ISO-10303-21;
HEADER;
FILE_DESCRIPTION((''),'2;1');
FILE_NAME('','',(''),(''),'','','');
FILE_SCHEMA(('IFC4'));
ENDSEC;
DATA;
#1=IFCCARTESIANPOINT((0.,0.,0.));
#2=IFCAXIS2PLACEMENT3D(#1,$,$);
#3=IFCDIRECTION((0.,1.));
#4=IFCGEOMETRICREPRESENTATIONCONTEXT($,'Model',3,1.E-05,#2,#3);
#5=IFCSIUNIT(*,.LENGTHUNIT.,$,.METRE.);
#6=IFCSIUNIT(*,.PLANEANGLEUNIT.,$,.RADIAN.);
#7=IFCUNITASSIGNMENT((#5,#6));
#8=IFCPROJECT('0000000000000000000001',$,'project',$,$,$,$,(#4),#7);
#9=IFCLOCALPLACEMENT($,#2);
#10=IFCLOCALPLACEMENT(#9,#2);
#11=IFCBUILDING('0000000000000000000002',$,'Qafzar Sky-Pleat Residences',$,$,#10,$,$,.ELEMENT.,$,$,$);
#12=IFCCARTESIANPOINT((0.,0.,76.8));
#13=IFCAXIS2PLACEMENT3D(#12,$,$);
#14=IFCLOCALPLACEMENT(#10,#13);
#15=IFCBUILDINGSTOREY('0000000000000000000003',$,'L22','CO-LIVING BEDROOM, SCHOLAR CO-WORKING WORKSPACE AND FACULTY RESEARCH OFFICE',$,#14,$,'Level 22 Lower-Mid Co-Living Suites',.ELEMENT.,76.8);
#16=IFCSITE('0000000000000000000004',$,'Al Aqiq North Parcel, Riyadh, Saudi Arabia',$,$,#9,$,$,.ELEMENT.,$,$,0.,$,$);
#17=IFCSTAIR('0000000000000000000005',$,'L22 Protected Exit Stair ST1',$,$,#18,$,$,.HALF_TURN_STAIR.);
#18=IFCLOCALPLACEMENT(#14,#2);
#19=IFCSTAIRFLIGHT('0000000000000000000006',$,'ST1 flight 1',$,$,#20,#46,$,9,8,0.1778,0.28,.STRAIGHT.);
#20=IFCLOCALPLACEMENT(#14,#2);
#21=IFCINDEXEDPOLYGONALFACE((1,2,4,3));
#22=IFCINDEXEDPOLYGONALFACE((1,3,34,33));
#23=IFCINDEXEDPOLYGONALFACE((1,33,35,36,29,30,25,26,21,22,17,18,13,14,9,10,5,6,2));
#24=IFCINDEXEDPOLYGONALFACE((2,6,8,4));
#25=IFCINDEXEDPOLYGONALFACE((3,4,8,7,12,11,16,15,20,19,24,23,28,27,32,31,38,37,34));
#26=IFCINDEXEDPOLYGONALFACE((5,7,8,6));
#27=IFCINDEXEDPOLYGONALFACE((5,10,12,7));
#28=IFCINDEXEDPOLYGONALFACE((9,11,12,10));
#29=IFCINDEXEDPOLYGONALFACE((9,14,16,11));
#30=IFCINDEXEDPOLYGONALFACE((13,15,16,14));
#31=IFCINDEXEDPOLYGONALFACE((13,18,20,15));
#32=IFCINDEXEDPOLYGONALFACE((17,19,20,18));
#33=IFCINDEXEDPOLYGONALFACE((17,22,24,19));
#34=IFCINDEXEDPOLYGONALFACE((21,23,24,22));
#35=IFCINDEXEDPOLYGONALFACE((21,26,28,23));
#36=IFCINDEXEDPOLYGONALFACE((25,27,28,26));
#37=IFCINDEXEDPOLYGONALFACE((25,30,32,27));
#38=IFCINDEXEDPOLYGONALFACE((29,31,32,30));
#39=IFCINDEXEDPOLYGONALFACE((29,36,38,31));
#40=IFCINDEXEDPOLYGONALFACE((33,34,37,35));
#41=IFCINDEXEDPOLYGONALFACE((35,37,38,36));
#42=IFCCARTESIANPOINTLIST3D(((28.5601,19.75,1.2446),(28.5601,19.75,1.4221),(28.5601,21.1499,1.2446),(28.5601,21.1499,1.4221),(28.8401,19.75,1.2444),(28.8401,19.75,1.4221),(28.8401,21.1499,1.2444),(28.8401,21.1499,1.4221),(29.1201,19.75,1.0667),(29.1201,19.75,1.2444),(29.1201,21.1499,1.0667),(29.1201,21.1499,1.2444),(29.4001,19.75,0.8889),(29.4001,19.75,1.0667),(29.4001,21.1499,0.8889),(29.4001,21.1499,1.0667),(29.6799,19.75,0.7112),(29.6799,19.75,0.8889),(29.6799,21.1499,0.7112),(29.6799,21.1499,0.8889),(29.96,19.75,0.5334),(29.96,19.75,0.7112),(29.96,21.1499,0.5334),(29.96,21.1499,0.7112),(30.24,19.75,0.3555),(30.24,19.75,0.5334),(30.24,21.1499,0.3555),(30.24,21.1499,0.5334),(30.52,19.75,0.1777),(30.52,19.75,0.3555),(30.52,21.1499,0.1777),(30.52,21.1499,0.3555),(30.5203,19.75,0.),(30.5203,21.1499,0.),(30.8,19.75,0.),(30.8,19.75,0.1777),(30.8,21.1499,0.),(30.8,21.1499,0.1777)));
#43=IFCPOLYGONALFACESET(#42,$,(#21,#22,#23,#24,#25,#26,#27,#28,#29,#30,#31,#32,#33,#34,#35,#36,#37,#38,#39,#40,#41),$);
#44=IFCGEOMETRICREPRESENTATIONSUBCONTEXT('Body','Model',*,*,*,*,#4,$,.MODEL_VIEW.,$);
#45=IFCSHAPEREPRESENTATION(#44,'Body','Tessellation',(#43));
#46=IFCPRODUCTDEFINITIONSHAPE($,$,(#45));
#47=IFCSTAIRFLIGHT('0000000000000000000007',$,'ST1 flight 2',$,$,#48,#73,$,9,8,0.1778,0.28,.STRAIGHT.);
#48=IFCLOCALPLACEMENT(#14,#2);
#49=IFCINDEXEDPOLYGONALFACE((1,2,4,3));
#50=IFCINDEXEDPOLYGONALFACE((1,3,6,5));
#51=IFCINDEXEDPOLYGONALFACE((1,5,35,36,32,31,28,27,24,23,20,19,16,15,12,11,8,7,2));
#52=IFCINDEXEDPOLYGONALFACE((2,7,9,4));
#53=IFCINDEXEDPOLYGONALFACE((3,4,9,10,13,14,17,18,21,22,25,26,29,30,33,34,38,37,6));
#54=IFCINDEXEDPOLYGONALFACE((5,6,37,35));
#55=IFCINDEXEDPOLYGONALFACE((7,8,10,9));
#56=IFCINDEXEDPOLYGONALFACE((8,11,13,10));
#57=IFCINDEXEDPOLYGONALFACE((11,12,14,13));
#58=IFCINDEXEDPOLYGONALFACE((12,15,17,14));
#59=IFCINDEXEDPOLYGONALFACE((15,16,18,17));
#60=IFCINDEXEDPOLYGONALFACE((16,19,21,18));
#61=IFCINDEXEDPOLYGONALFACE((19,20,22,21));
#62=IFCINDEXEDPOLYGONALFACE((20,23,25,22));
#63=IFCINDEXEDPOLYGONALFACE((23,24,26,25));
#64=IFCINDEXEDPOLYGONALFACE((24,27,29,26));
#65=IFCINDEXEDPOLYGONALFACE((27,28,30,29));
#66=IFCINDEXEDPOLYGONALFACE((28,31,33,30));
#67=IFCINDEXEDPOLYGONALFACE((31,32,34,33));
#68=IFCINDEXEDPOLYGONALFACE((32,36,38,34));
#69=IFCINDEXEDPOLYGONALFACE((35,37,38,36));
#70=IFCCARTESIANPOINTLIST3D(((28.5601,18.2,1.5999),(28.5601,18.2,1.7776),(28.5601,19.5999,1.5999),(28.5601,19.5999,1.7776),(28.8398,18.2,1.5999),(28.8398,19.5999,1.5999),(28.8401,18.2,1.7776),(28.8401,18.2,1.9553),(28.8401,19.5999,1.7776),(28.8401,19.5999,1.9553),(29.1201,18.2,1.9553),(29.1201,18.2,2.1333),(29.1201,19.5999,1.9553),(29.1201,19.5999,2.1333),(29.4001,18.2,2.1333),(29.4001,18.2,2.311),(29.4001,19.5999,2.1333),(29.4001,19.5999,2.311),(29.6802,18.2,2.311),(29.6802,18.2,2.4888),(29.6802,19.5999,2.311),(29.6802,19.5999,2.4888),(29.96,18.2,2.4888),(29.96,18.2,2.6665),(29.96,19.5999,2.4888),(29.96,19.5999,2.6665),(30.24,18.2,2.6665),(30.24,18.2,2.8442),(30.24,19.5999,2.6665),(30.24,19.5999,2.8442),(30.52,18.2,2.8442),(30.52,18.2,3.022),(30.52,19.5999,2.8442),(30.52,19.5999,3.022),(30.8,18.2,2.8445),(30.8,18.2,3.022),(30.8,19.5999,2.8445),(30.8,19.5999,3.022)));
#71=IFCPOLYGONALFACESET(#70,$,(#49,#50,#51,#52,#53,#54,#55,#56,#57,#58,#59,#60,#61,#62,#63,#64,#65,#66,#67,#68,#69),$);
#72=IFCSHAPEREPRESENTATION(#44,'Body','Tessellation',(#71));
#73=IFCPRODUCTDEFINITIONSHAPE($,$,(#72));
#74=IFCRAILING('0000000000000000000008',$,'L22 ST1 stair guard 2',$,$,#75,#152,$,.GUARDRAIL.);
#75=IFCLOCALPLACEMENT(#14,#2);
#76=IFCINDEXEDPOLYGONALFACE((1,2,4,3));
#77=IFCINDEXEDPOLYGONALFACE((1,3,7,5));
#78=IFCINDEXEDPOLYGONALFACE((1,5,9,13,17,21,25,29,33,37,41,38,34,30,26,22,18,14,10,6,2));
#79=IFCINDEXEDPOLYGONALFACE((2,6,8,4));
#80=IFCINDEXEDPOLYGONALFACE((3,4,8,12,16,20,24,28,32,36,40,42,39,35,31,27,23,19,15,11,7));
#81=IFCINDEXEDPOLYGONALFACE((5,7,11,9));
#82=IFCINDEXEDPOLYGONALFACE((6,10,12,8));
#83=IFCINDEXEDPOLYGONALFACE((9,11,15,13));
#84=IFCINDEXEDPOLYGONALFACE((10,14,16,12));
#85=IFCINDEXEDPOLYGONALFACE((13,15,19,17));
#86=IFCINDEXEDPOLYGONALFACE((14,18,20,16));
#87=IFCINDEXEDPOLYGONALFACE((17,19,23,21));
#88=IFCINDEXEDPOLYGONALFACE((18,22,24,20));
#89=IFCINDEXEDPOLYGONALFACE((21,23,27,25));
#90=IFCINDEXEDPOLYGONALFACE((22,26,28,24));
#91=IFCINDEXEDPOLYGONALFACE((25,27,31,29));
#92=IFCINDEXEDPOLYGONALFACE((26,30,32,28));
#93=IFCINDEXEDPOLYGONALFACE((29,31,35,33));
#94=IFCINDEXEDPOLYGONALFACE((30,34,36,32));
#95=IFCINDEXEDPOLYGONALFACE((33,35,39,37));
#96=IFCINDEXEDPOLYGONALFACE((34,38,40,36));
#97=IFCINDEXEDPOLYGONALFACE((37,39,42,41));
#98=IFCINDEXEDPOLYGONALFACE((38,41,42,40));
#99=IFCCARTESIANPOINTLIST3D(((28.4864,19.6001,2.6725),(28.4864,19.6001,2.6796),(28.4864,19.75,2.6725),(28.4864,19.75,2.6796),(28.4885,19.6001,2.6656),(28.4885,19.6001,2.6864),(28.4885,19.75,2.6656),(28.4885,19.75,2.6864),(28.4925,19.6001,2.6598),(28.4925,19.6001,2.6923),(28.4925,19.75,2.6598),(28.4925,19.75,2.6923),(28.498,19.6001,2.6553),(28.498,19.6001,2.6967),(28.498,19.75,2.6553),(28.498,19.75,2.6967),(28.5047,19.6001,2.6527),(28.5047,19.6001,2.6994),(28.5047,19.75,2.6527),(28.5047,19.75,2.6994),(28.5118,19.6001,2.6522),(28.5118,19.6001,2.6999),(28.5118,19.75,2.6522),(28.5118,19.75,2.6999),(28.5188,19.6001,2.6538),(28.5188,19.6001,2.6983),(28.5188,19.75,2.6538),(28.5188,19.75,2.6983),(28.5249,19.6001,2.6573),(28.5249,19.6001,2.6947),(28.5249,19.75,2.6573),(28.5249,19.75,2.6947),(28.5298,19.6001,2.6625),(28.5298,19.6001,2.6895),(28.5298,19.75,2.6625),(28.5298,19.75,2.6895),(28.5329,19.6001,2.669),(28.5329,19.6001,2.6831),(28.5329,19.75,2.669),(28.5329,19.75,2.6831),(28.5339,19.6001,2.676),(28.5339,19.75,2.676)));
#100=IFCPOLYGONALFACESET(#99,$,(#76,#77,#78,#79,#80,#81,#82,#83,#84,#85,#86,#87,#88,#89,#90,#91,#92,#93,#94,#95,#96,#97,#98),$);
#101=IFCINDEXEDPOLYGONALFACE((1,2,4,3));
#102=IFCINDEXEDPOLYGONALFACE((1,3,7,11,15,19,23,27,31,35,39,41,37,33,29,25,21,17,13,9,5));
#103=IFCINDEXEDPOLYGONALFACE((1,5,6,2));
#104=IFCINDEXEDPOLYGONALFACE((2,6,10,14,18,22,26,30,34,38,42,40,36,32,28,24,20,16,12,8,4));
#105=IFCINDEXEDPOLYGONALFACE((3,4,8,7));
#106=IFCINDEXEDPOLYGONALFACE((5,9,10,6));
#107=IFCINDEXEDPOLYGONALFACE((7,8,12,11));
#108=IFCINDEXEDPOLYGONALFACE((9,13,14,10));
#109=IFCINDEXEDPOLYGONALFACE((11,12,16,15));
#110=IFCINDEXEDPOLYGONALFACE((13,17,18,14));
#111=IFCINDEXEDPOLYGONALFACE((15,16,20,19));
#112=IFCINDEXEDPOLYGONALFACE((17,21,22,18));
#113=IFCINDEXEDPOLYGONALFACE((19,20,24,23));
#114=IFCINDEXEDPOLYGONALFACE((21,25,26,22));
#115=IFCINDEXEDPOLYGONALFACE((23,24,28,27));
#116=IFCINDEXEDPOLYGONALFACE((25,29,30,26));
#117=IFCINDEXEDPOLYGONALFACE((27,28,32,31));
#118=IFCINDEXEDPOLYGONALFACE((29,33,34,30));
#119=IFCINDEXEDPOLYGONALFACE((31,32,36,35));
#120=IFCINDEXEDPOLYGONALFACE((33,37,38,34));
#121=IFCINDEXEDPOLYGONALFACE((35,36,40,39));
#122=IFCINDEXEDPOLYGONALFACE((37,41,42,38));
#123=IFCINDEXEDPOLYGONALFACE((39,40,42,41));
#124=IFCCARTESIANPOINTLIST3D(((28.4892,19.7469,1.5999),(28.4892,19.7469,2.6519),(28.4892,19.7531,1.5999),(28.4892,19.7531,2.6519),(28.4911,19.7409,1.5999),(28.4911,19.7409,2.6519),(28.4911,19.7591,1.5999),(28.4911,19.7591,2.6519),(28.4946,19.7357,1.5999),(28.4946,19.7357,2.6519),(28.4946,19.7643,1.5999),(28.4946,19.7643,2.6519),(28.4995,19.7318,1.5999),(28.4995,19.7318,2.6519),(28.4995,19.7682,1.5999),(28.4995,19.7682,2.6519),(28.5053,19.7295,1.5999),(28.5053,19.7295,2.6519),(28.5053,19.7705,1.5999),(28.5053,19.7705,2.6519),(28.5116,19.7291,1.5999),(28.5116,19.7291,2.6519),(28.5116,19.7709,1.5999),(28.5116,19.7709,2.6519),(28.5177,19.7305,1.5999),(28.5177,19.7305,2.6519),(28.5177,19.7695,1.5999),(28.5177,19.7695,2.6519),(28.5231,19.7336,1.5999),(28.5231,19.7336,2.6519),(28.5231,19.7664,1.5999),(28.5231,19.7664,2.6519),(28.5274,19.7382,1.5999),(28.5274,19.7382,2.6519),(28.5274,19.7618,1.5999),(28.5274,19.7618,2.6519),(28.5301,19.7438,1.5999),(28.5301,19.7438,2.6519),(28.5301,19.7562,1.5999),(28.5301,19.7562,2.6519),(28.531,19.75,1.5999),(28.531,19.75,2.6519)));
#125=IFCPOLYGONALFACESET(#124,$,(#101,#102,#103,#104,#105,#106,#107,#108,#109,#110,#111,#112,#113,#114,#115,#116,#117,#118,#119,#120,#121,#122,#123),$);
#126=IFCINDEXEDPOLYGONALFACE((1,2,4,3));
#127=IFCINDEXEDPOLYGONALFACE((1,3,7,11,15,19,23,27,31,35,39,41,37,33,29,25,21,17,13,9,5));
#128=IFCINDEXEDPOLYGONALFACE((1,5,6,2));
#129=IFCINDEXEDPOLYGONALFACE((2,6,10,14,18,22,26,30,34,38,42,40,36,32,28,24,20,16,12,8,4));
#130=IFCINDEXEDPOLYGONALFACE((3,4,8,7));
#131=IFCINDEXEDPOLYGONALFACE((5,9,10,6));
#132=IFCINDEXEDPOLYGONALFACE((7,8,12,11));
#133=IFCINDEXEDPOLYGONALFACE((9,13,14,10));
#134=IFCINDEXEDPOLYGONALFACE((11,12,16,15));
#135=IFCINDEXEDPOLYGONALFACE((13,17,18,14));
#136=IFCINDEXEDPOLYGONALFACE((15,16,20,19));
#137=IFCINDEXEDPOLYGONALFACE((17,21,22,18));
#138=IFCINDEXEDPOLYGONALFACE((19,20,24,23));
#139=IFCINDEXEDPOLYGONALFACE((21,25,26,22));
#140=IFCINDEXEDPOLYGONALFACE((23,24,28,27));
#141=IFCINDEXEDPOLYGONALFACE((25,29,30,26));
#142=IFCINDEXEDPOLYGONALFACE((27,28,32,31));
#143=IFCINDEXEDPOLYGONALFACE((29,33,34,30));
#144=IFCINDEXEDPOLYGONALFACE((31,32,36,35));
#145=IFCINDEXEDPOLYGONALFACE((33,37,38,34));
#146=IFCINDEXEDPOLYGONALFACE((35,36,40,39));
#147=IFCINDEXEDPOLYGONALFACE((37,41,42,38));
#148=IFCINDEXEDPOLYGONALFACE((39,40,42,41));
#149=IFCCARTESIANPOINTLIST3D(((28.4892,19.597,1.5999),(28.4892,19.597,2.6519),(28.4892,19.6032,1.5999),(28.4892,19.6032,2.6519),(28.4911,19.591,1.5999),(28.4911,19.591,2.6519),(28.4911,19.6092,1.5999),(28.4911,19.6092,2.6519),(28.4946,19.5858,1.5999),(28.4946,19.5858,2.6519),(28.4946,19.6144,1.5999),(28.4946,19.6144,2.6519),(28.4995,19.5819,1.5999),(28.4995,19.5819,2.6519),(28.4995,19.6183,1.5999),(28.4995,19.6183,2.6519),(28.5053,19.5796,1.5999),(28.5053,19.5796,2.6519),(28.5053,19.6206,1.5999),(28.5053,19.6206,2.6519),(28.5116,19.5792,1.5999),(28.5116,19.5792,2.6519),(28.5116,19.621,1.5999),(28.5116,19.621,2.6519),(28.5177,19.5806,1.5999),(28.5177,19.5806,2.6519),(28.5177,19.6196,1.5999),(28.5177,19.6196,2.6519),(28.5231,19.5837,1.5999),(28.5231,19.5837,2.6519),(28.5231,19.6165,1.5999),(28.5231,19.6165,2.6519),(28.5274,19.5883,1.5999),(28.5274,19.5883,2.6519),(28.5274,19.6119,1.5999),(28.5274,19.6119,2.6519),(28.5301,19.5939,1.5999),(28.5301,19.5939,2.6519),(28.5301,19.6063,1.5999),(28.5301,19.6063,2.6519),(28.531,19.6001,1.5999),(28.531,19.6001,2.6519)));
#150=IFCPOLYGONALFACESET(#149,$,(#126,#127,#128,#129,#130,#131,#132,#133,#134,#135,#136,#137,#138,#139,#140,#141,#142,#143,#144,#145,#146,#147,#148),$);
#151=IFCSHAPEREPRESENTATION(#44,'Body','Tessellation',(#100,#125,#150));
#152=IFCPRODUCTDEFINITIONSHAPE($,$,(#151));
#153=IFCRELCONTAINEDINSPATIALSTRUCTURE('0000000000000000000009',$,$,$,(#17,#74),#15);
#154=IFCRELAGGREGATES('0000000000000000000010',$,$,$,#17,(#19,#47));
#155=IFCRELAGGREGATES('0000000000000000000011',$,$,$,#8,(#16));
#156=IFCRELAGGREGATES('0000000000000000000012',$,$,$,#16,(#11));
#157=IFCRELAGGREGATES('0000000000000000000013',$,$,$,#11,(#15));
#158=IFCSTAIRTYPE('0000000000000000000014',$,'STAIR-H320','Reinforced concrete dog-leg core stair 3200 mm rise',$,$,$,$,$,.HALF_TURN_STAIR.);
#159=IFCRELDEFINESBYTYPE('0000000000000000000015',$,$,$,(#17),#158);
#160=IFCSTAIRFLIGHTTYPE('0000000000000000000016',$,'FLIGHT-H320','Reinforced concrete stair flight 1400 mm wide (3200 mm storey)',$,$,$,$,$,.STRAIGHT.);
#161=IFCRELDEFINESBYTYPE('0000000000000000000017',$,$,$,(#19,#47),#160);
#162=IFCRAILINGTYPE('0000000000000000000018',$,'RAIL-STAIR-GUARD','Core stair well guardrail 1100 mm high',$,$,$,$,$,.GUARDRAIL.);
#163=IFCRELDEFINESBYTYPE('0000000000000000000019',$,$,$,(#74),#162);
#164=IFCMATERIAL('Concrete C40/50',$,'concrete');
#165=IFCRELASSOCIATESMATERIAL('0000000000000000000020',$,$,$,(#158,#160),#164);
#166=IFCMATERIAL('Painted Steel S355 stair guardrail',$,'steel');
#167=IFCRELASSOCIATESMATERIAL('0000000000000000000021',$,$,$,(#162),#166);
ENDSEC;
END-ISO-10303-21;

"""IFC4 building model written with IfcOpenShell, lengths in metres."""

from ifc_helpers import new_model, si_unit, direction, frame, origin, origin_2d, place, context, subcontext, project, spatial, polyline, circle, outline, extrude, source, transform, mapped, material, type_object, element, aggregate, save


model = new_model("IFC4")

# Units and contexts
model_context = context("Model", 3, precision=1e-05, world=origin(), true_north=direction((0.0, 1.0)))
body_context = subcontext(model_context, "Body", "Model", "MODEL_VIEW")
ifc_project = project(units=[si_unit("LENGTHUNIT", "METRE"), si_unit("PLANEANGLEUNIT", "RADIAN")], contexts=[model_context])

# Site, building, storey
site_placement = place(None, origin())
site = spatial("IfcSite", under=ifc_project, at=site_placement, Name="Al Aqiq North Parcel, Riyadh, Saudi Arabia", CompositionType="ELEMENT", RefElevation=0.0)
building_placement = place(site_placement, origin())
building = spatial("IfcBuilding", under=site, at=building_placement, Name="Qafzar Sky-Pleat Residences", CompositionType="ELEMENT")
storey_placement = place(building_placement, frame((0.0, 0.0, 76.8)))
storey = spatial("IfcBuildingStorey", under=building, at=storey_placement, Name="L22", Description="CO-LIVING BEDROOM, SCHOLAR CO-WORKING WORKSPACE AND FACULTY RESEARCH OFFICE", LongName="Level 22 Lower-Mid Co-Living Suites", CompositionType="ELEMENT", Elevation=76.8)

# Stair, stair flights
ifc_material_1 = material(Name="Concrete C40/50", Category="concrete")
stair_type = type_object("IfcStairType", Name="STAIR-H320", Description="Reinforced concrete dog-leg core stair 3200 mm rise", PredefinedType="HALF_TURN_STAIR", material=ifc_material_1)
stair_placement = place(storey_placement, origin())
stair = element("IfcStair", 1, at=stair_placement, inside=storey, type_object=stair_type, Name="L22 Protected Exit Stair ST1", PredefinedType="HALF_TURN_STAIR")
stair_flight_type = type_object("IfcStairFlightType", Name="FLIGHT-H320", Description="Reinforced concrete stair flight 1400 mm wide (3200 mm storey)", PredefinedType="STRAIGHT", material=ifc_material_1)
shared_shape_1 = source(origin(), body_context, "Body", "SweptSolid", [
    extrude(outline(polyline([(0.0, 0.0), (0.0, 0.1777), (0.28, 0.1777), (0.28, 0.3555), (0.5601, 0.3555), (0.5601, 0.5334), (0.8401, 0.5334), (0.8401, 0.7112), (1.1201, 0.7112), (1.1201, 0.8889), (1.3999, 0.8889), (1.3999, 1.0667), (1.6799, 1.0667), (1.6799, 1.2444), (1.96, 1.2444), (1.96, 1.4221), (2.24, 1.4221), (2.24, 1.6001), (2.24, 1.2446), (0.2798, 0.0), (0.0, 0.0)])), frame((0.0, 0.7, 0.0), z_axis=(0.0, -1.0, 0.0), x_axis=(1.0, 0.0, 0.0)), (0.0, 0.0, 1.0), 1.3999),
])
stair_flight_1_placement = place(storey_placement, frame((30.8, 20.45, 0.0), z_axis=(0.0, 0.0, 1.0), x_axis=(-1.0, 0.0, 0.0)))
stair_flight_1 = element("IfcStairFlight", 2, at=stair_flight_1_placement, type_object=stair_flight_type, Name="ST1 flight 1", NumberOfRisers=9, NumberOfTreads=8, PredefinedType="STRAIGHT", RiserHeight=0.1778, TreadLength=0.28, context=body_context, shape_type="MappedRepresentation", body=[
    mapped(shared_shape_1, transform((0.0, 0.0, 0.0), x_axis=(1.0, 0.0, 0.0), y_axis=(0.0, 1.0, 0.0), z_axis=(0.0, 0.0, 1.0), scale=1.0)),
])
stair_flight_2_placement = place(storey_placement, frame((28.5601, 18.8999, 1.5999), z_axis=(0.0, 0.0, 1.0), x_axis=(1.0, 0.0, 0.0)))
stair_flight_2 = element("IfcStairFlight", 3, at=stair_flight_2_placement, type_object=stair_flight_type, Name="ST1 flight 2", NumberOfRisers=9, NumberOfTreads=8, PredefinedType="STRAIGHT", RiserHeight=0.1778, TreadLength=0.28, context=body_context, shape_type="MappedRepresentation", body=[
    mapped(shared_shape_1, transform((0.0, 0.0, 0.0), x_axis=(1.0, 0.0, 0.0), y_axis=(0.0, 1.0, 0.0), z_axis=(0.0, 0.0, 1.0), scale=1.0)),
])
aggregate(stair, [stair_flight_1, stair_flight_2])

# Railing
ifc_material_2 = material(Name="Painted Steel S355 stair guardrail", Category="steel")
railing_type_1 = type_object("IfcRailingType", Name="RAIL-STAIR-GUARD", Description="Core stair well guardrail 1100 mm high", PredefinedType="GUARDRAIL", material=ifc_material_2)
shared_shape_2 = source(origin(), body_context, "Body", "SweptSolid", [
    extrude(circle(Radius=0.0239, at=origin_2d()), frame((0.0, 0.0, 1.0762), z_axis=(0.0, -1.0, 0.0), x_axis=(1.0, 0.0, 0.0)), (0.0, 0.0, 1.0), 0.1499),
    extrude(circle(Radius=0.021, at=origin_2d()), origin(), (0.0, 0.0, 1.0), 1.052),
    extrude(circle(Radius=0.021, at=origin_2d()), frame((0.0, -0.1499, 0.0)), (0.0, 0.0, 1.0), 1.052),
])
for number, where, name in (
    (4, (28.51, 19.75, 1.5999), "L22 ST1 stair guard 2"),
):
    element("IfcRailing", number, at=place(storey_placement, frame(where)), inside=storey, type_object=railing_type_1, Name=name, PredefinedType="GUARDRAIL", context=body_context, shape_type="MappedRepresentation", body=[
        mapped(shared_shape_2, transform((0.0, 0.0, 0.0), x_axis=(1.0, 0.0, 0.0), y_axis=(0.0, 1.0, 0.0), z_axis=(0.0, 0.0, 1.0), scale=1.0)),
    ])

save(model, "model.ifc")
